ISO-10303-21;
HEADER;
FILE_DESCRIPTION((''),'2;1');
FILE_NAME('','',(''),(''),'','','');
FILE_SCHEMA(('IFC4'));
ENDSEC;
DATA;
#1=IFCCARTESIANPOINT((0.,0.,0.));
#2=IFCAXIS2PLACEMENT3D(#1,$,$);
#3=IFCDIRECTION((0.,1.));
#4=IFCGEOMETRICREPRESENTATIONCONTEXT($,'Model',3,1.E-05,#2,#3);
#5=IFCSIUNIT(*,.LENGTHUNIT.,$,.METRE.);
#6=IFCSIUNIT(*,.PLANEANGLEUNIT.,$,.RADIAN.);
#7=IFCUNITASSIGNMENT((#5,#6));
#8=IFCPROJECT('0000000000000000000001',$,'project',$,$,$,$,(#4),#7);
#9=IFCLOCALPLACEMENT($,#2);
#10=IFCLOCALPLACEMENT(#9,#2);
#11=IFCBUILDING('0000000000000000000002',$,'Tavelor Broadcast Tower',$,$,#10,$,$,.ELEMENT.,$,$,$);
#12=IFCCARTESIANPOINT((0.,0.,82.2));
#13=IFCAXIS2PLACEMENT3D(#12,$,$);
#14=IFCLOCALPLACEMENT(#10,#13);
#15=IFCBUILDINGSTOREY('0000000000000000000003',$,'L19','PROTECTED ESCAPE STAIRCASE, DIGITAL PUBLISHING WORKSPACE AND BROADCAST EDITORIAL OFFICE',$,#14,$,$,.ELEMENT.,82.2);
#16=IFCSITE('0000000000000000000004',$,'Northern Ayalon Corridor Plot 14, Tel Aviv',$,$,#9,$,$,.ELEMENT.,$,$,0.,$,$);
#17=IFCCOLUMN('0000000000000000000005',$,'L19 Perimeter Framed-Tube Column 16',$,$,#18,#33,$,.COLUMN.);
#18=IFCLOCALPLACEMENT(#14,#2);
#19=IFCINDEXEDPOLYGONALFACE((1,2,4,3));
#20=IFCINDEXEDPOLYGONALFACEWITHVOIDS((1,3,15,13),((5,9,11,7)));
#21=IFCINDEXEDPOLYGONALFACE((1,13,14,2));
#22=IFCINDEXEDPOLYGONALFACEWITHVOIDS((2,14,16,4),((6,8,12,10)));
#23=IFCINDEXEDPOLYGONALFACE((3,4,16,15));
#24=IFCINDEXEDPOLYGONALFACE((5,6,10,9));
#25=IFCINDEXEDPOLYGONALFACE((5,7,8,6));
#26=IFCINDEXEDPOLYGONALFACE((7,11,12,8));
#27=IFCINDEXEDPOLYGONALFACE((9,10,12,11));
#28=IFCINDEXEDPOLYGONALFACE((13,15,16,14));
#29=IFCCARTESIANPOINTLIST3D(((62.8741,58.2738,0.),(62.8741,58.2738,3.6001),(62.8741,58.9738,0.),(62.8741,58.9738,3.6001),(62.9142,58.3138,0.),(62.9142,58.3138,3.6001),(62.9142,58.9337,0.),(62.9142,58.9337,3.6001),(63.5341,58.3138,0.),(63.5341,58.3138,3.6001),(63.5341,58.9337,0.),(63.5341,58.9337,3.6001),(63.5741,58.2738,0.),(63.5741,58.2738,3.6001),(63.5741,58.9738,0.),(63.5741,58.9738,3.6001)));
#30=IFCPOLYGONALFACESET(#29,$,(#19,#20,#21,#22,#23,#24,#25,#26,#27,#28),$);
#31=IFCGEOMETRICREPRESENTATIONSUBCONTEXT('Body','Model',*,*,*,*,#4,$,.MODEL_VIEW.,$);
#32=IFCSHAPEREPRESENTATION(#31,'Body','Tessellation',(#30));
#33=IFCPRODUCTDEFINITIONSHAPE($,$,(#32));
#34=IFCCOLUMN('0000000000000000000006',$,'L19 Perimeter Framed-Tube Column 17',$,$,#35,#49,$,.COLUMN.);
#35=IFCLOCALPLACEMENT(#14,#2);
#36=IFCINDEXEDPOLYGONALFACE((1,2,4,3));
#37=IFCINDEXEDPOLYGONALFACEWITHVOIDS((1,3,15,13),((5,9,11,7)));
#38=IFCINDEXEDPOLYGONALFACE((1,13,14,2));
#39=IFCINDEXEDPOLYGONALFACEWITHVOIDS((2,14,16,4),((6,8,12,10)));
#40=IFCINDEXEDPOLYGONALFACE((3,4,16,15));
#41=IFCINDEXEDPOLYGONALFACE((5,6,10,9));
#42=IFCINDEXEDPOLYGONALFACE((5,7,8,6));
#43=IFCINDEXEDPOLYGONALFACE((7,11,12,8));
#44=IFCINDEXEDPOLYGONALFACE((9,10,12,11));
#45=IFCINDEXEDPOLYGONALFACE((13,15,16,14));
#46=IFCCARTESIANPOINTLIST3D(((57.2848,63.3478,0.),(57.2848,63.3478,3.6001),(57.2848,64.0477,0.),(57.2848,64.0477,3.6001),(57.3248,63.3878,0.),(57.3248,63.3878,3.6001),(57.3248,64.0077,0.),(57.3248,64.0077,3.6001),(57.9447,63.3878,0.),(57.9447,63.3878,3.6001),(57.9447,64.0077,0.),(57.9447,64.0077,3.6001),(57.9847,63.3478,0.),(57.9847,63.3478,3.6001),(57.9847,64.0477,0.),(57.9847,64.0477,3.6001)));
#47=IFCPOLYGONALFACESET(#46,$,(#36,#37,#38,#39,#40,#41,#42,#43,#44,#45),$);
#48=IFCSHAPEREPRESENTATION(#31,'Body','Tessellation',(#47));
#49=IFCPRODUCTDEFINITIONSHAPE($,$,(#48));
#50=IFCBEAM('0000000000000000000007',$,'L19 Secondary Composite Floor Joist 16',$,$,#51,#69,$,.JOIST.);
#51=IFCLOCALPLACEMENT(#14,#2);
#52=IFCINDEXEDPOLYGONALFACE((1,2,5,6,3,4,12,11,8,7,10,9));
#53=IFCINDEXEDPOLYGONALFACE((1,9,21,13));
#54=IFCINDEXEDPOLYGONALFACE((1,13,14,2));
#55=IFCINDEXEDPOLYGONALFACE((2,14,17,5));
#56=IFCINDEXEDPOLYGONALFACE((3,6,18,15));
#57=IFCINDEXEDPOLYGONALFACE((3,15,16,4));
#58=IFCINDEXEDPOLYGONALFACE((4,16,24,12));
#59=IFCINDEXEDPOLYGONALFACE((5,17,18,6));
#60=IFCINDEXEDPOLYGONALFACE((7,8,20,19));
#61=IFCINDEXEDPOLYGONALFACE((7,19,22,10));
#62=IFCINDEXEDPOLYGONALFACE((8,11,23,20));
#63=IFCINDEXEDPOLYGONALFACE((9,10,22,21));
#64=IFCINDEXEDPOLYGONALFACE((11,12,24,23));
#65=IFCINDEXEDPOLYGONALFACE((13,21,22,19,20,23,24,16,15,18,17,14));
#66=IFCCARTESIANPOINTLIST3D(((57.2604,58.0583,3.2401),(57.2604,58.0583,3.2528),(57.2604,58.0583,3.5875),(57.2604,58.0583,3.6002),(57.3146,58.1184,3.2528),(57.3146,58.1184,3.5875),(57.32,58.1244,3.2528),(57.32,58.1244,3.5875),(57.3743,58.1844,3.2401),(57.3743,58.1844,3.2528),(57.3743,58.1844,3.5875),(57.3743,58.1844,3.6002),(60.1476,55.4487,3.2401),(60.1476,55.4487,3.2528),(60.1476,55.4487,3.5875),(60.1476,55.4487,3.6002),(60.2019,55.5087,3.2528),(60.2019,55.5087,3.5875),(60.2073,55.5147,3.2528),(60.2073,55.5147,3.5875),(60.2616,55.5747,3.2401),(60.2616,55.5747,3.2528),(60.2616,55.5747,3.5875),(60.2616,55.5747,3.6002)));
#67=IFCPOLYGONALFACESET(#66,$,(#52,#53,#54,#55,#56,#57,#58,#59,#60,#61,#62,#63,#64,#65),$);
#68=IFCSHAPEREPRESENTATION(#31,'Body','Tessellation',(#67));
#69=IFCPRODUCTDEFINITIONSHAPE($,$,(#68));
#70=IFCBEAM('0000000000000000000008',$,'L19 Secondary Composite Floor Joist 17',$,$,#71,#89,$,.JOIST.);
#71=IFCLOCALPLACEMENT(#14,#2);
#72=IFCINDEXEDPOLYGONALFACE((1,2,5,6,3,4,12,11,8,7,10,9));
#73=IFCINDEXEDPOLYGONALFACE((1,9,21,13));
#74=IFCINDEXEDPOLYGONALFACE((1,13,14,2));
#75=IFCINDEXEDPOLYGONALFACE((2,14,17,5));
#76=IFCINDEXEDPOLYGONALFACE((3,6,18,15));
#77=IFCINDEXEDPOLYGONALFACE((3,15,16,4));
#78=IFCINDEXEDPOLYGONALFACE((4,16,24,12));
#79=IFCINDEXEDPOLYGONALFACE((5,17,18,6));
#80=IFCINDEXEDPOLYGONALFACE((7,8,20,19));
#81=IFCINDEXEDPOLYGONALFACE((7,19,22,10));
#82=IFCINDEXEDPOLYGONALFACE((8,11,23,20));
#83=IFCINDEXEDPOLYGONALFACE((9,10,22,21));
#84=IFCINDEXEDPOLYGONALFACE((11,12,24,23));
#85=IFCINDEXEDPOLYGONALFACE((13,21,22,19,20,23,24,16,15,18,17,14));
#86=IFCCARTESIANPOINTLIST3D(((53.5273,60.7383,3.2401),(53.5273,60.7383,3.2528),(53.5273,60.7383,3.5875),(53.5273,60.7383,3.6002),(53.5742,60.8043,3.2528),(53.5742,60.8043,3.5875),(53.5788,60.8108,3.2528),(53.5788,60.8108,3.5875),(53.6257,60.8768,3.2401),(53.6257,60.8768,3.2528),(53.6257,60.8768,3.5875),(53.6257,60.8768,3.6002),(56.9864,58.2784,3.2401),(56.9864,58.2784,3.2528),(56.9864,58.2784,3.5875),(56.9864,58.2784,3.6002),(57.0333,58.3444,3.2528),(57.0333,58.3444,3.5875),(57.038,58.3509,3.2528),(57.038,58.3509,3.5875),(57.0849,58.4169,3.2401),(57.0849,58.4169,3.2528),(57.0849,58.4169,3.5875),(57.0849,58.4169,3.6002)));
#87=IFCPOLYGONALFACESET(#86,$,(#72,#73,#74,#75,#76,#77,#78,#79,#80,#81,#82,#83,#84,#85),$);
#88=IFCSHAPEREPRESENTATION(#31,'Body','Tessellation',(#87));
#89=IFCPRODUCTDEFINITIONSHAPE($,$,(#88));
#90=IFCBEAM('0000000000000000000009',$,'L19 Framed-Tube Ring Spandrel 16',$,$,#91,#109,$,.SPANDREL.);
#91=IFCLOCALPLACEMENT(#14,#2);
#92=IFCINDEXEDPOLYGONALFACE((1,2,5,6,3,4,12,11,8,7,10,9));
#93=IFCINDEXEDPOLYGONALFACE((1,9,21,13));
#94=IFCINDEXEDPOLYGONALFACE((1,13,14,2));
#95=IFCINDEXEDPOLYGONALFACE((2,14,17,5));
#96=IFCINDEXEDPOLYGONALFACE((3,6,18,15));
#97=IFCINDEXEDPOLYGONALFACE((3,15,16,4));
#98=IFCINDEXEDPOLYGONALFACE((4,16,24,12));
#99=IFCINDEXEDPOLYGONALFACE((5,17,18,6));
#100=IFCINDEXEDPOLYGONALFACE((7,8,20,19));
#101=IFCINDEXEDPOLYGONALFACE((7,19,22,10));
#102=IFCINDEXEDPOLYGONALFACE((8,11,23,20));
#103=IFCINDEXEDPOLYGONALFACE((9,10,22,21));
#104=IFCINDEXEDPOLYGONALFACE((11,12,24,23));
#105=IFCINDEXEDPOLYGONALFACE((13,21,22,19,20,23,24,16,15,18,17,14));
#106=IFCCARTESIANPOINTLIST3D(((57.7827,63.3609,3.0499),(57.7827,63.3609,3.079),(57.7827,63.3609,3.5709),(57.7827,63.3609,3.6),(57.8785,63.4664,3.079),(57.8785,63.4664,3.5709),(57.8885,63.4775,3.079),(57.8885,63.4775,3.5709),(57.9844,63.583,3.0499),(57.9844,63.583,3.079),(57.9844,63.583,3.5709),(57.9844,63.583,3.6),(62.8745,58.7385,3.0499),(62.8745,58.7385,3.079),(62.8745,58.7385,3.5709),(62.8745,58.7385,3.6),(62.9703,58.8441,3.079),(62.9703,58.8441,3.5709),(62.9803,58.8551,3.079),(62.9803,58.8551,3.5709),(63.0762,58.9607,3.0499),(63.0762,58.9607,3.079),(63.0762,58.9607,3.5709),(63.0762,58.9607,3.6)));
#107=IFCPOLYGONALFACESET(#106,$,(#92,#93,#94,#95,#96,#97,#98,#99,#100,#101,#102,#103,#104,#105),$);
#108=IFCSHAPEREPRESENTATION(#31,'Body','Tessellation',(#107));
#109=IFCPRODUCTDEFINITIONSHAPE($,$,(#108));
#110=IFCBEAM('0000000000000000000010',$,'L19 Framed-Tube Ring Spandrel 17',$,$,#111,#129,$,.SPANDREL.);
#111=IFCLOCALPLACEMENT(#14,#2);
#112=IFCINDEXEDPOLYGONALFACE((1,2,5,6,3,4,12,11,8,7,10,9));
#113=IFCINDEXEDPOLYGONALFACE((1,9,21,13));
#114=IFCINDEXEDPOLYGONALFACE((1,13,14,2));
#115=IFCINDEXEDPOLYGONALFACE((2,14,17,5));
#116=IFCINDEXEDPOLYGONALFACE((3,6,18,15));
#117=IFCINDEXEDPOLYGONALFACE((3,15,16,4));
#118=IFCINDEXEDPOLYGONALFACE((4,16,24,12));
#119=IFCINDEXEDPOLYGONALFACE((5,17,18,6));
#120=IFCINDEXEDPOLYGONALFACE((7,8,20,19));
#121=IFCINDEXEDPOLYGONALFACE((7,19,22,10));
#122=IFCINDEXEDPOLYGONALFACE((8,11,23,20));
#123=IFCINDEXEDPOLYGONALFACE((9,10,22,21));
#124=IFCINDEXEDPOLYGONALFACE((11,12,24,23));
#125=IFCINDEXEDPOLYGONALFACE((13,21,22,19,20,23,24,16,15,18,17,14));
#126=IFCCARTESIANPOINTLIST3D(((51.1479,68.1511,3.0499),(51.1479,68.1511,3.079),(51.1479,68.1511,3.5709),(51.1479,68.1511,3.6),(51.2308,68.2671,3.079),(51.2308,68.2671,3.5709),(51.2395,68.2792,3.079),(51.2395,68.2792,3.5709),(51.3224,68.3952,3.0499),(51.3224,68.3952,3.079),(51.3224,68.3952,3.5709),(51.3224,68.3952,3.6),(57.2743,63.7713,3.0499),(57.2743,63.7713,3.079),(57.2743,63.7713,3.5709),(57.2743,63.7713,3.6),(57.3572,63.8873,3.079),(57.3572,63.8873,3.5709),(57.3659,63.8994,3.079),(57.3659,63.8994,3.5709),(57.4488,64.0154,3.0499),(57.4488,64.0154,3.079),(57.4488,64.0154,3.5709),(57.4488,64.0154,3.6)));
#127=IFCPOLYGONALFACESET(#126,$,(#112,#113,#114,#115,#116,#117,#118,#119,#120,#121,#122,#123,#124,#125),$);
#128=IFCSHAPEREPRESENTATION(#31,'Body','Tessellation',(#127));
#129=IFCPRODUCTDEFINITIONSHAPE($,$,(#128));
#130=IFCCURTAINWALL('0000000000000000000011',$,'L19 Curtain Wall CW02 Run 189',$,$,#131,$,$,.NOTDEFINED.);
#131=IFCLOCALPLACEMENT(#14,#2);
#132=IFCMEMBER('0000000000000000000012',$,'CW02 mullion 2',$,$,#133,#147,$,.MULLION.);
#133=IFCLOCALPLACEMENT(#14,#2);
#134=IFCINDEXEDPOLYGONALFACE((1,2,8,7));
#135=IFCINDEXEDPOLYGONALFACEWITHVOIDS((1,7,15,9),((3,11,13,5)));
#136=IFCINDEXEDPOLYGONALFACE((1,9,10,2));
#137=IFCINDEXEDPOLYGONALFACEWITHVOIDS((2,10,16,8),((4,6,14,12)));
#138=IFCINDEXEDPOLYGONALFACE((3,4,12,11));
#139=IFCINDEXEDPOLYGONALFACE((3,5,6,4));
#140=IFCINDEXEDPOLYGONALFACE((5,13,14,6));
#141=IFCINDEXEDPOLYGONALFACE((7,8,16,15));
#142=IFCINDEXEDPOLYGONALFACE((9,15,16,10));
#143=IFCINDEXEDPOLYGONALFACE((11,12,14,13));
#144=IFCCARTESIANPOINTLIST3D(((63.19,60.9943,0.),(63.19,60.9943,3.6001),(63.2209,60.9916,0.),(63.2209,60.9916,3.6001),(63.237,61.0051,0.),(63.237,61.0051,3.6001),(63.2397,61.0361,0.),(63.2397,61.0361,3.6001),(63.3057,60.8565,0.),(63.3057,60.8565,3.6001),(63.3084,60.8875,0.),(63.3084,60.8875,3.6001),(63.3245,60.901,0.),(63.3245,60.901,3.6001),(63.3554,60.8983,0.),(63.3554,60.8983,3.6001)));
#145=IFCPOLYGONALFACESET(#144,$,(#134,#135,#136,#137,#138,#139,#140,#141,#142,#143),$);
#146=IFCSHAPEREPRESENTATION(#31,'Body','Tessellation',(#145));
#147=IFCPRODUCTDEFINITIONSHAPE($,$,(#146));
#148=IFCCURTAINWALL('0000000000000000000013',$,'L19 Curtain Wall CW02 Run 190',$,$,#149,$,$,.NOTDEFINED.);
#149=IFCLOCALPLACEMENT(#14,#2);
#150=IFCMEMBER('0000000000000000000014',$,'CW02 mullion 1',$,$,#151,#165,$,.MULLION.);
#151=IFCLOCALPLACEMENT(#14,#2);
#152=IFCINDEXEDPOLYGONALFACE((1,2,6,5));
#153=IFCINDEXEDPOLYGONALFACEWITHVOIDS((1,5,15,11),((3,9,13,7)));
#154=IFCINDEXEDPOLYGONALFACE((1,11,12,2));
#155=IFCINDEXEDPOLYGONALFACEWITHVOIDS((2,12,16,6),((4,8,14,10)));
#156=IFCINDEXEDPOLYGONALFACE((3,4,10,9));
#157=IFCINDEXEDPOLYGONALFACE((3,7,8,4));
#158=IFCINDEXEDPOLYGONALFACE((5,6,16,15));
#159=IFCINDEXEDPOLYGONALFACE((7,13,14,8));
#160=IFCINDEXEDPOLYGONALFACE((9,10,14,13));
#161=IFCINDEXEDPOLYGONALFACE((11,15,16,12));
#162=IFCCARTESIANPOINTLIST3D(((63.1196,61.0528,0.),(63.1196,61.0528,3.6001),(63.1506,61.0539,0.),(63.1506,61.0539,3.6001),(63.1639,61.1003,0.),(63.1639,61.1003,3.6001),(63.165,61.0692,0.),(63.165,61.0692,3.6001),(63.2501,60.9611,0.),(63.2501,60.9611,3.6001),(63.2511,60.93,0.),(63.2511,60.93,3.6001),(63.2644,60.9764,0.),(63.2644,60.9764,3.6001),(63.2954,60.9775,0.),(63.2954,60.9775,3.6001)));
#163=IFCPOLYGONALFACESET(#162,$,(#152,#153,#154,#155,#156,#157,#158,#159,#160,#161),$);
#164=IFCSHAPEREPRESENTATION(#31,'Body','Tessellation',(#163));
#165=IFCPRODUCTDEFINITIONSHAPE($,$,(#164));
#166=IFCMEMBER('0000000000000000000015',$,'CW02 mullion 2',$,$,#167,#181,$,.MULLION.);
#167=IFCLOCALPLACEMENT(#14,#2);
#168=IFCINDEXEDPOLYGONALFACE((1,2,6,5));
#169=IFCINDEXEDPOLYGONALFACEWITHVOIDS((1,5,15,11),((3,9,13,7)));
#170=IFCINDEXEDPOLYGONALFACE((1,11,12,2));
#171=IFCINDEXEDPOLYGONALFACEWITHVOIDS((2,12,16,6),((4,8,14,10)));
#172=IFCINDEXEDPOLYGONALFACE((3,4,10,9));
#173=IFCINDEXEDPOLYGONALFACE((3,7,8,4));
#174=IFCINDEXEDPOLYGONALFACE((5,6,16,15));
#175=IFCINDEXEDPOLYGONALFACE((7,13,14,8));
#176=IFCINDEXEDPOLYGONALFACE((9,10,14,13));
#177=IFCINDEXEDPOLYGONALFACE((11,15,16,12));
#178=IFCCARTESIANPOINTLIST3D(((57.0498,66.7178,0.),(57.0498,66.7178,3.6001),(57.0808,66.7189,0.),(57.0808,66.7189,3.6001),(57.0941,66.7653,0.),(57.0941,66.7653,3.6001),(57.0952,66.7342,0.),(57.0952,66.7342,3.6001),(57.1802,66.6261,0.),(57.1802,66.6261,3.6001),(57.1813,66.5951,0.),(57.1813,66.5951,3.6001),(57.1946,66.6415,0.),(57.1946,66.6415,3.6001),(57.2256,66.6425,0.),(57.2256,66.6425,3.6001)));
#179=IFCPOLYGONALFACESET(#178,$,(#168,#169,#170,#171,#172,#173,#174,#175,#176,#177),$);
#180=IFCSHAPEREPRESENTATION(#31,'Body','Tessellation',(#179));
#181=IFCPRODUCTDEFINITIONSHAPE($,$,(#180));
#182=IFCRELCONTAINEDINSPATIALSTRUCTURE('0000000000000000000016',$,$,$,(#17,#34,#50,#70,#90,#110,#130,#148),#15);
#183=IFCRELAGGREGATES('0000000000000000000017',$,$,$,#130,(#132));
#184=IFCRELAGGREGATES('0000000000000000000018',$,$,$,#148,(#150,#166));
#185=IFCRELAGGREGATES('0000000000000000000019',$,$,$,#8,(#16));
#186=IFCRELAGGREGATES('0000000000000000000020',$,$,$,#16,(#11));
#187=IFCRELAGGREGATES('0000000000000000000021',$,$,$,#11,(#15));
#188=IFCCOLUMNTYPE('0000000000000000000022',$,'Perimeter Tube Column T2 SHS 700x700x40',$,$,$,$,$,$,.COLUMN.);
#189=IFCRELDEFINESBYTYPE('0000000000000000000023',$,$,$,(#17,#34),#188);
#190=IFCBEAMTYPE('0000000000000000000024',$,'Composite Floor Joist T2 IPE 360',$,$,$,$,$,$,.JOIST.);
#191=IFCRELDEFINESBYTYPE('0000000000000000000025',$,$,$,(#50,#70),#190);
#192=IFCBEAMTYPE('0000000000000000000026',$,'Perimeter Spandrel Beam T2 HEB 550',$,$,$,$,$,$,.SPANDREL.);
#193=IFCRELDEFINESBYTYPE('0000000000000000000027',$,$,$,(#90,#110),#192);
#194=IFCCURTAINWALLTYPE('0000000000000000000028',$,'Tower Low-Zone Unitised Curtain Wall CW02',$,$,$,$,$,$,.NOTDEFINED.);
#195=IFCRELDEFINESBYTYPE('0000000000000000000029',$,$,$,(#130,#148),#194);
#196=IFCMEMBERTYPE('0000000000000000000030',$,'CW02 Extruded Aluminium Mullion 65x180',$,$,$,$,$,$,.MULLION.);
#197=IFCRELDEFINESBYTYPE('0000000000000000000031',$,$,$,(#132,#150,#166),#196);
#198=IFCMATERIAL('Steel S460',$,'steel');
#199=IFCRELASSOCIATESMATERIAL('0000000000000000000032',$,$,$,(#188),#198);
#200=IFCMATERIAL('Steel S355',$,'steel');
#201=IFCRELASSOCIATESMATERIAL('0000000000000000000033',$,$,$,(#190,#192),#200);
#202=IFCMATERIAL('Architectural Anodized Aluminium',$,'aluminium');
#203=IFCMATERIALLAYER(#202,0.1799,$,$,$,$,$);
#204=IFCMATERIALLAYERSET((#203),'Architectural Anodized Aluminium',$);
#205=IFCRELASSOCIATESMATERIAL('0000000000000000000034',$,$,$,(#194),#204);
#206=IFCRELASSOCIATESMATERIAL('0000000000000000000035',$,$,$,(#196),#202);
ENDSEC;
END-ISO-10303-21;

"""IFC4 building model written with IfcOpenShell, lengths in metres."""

from ifc_helpers import new_model, si_unit, direction, frame, origin, origin_2d, place, context, subcontext, project, spatial, hollow_rectangle, i_section, extrude, source, transform, mapped, material, layer, layer_set, material_profile, profile_set, type_object, type_shapes, element, aggregate, save


model = new_model("IFC4")

# Units and contexts
model_context = context("Model", 3, precision=1e-05, world=origin(), true_north=direction((0.0, 1.0)))
body_context = subcontext(model_context, "Body", "Model", "MODEL_VIEW")
ifc_project = project(units=[si_unit("LENGTHUNIT", "METRE"), si_unit("PLANEANGLEUNIT", "RADIAN")], contexts=[model_context])

# Site, building, storey
site_placement = place(None, origin())
site = spatial("IfcSite", under=ifc_project, at=site_placement, Name="Northern Ayalon Corridor Plot 14, Tel Aviv", CompositionType="ELEMENT", RefElevation=0.0)
building_placement = place(site_placement, origin())
building = spatial("IfcBuilding", under=site, at=building_placement, Name="Tavelor Broadcast Tower", CompositionType="ELEMENT")
storey_placement = place(building_placement, frame((0.0, 0.0, 82.2)))
storey = spatial("IfcBuildingStorey", under=building, at=storey_placement, Name="L19", Description="PROTECTED ESCAPE STAIRCASE, DIGITAL PUBLISHING WORKSPACE AND BROADCAST EDITORIAL OFFICE", CompositionType="ELEMENT", Elevation=82.2)

# Columns
ifc_material_1 = material(Name="Steel S460", Category="steel")
ifc_material_profile_1 = material_profile(ifc_material_1, hollow_rectangle(XDim=0.7, YDim=0.7, WallThickness=0.04, at=origin_2d()), Name="SHS 700x700x40")
ifc_profile_set_1 = profile_set([ifc_material_profile_1], Name="Steel S460")
column_type = type_object("IfcColumnType", Name="Perimeter Tube Column T2 SHS 700x700x40", PredefinedType="COLUMN", material=ifc_profile_set_1)
for number, where, z_axis, x_axis, name in (
    (1, (63.2241, 58.6238, 0.0), (0.0, 0.0, 1.0), (1.0, 0.0, 0.0), "L19 Perimeter Framed-Tube Column 16"),
    (2, (57.6348, 63.6978, 0.0), (0.0, 0.0, 1.0), (1.0, 0.0, 0.0), "L19 Perimeter Framed-Tube Column 17"),
):
    element("IfcColumn", number, at=place(storey_placement, frame(where, z_axis=z_axis, x_axis=x_axis)), inside=storey, type_object=column_type, Name=name, PredefinedType="COLUMN", context=body_context, shape_type="SweptSolid", body=[
        extrude(hollow_rectangle(XDim=0.7, YDim=0.7, WallThickness=0.04, at=origin_2d()), origin(), (0.0, 0.0, 1.0), 3.6001),
    ])

# Beams
ifc_material_2 = material(Name="Steel S355", Category="steel")
ifc_material_profile_2 = material_profile(ifc_material_2, i_section(OverallWidth=0.1699, OverallDepth=0.3601, WebThickness=0.0081, FlangeThickness=0.0127, at=origin_2d()), Name="IPE 360")
ifc_profile_set_2 = profile_set([ifc_material_profile_2], Name="Steel S355")
beam_type_1 = type_object("IfcBeamType", Name="Composite Floor Joist T2 IPE 360", PredefinedType="JOIST", material=ifc_profile_set_2)
beam_1_placement = place(storey_placement, frame((60.2046, 55.5117, 3.4202), z_axis=(-0.74187, 0.670544, 0.0), x_axis=(-0.670544, -0.74187, 0.0)))
element("IfcBeam", 3, at=beam_1_placement, inside=storey, type_object=beam_type_1, Name="L19 Secondary Composite Floor Joist 16", PredefinedType="JOIST", context=body_context, shape_type="SweptSolid", body=[
    extrude(i_section(OverallWidth=0.1699, OverallDepth=0.3601, WebThickness=0.0081, FlangeThickness=0.0127, at=origin_2d()), origin(), (0.0, 0.0, 1.0), 3.8918),
])
beam_2_placement = place(storey_placement, frame((57.0356, 58.3477, 3.4202), z_axis=(-0.814948, 0.579534, 0.0), x_axis=(-0.579534, -0.814948, 0.0)))
element("IfcBeam", 4, at=beam_2_placement, inside=storey, type_object=beam_type_1, Name="L19 Secondary Composite Floor Joist 17", PredefinedType="JOIST", context=body_context, shape_type="SweptSolid", body=[
    extrude(i_section(OverallWidth=0.1699, OverallDepth=0.3601, WebThickness=0.0081, FlangeThickness=0.0127, at=origin_2d()), origin(), (0.0, 0.0, 1.0), 4.2446),
])
ifc_material_profile_3 = material_profile(ifc_material_2, i_section(OverallWidth=0.3, OverallDepth=0.55, WebThickness=0.0149, FlangeThickness=0.0291, at=origin_2d()), Name="HEB 550")
ifc_profile_set_3 = profile_set([ifc_material_profile_3], Name="Steel S355")
beam_type_2 = type_object("IfcBeamType", Name="Perimeter Spandrel Beam T2 HEB 550", PredefinedType="SPANDREL", material=ifc_profile_set_3)
beam_3_placement = place(storey_placement, frame((62.9753, 58.8496, 3.325), z_axis=(-0.740417, 0.672148, 0.0), x_axis=(-0.672148, -0.740417, 0.0)))
element("IfcBeam", 5, at=beam_3_placement, inside=storey, type_object=beam_type_2, Name="L19 Framed-Tube Ring Spandrel 16", PredefinedType="SPANDREL", context=body_context, shape_type="SweptSolid", body=[
    extrude(i_section(OverallWidth=0.3, OverallDepth=0.55, WebThickness=0.0149, FlangeThickness=0.0291, at=origin_2d()), origin(), (0.0, 0.0, 1.0), 6.877),
])
beam_4_placement = place(storey_placement, frame((57.3616, 63.8933, 3.325), z_axis=(-0.813492, 0.581575, 0.0), x_axis=(-0.581575, -0.813492, 0.0)))
element("IfcBeam", 6, at=beam_4_placement, inside=storey, type_object=beam_type_2, Name="L19 Framed-Tube Ring Spandrel 17", PredefinedType="SPANDREL", context=body_context, shape_type="SweptSolid", body=[
    extrude(i_section(OverallWidth=0.3, OverallDepth=0.55, WebThickness=0.0149, FlangeThickness=0.0291, at=origin_2d()), origin(), (0.0, 0.0, 1.0), 7.531),
])

# Curtain wall, member
ifc_material_3 = material(Name="Architectural Anodized Aluminium", Category="aluminium")
ifc_layer_1 = layer(ifc_material_3, 0.1799)
ifc_layer_set_1 = layer_set([ifc_layer_1], Name="Architectural Anodized Aluminium")
curtain_wall_type = type_object("IfcCurtainWallType", Name="Tower Low-Zone Unitised Curtain Wall CW02", PredefinedType="NOTDEFINED", material=ifc_layer_set_1)
curtain_wall_1_placement = place(storey_placement, origin())
curtain_wall_1 = element("IfcCurtainWall", 7, at=curtain_wall_1_placement, inside=storey, type_object=curtain_wall_type, Name="L19 Curtain Wall CW02 Run 189", PredefinedType="NOTDEFINED")
ifc_material_profile_4 = material_profile(ifc_material_3, hollow_rectangle(XDim=0.0649, YDim=0.1799, WallThickness=0.022, at=origin_2d()), Name="RHS 65x180x22")
ifc_profile_set_4 = profile_set([ifc_material_profile_4], Name="Architectural Anodized Aluminium")
member_type_1 = type_object("IfcMemberType", Name="CW02 Extruded Aluminium Mullion 65x180", PredefinedType="MULLION", material=ifc_profile_set_4)
shared_shape_1 = source(origin(), body_context, "Body", "SweptSolid", [
    extrude(hollow_rectangle(XDim=0.0649, YDim=0.1799, WallThickness=0.022, at=origin_2d()), origin(), (0.0, 0.0, 1.0), 3.6001),
])
type_shapes(member_type_1, [shared_shape_1])
member_1_placement = place(storey_placement, frame((63.2727, 60.9463, 0.0), z_axis=(0.0, 0.0, 1.0), x_axis=(-0.765764, -0.643121, 0.0)))
member_1 = element("IfcMember", 8, at=member_1_placement, type_object=member_type_1, Name="CW02 mullion 2", PredefinedType="MULLION", context=body_context, shape_type="MappedRepresentation", body=[
    mapped(shared_shape_1, transform((0.0, 0.0, 0.0), scale=1.0)),
])

# Curtain wall, members
curtain_wall_2_placement = place(storey_placement, origin())
curtain_wall_2 = element("IfcCurtainWall", 9, at=curtain_wall_2_placement, inside=storey, type_object=curtain_wall_type, Name="L19 Curtain Wall CW02 Run 190", PredefinedType="NOTDEFINED")
member_2_placement = place(storey_placement, frame((63.2075, 61.0151, 0.0), z_axis=(0.0, 0.0, 1.0), x_axis=(-0.68232, -0.731054, 0.0)))
member_2 = element("IfcMember", 10, at=member_2_placement, type_object=member_type_1, Name="CW02 mullion 1", PredefinedType="MULLION", context=body_context, shape_type="MappedRepresentation", body=[
    mapped(shared_shape_1, transform((0.0, 0.0, 0.0), scale=1.0)),
])
member_3_placement = place(storey_placement, frame((57.1377, 66.6802, 0.0), z_axis=(0.0, 0.0, 1.0), x_axis=(-0.68232, -0.731054, 0.0)))
member_3 = element("IfcMember", 11, at=member_3_placement, type_object=member_type_1, Name="CW02 mullion 2", PredefinedType="MULLION", context=body_context, shape_type="MappedRepresentation", body=[
    mapped(shared_shape_1, transform((0.0, 0.0, 0.0), scale=1.0)),
])

aggregate(curtain_wall_1, [member_1])
aggregate(curtain_wall_2, [member_2, member_3])

save(model, "model.ifc")
